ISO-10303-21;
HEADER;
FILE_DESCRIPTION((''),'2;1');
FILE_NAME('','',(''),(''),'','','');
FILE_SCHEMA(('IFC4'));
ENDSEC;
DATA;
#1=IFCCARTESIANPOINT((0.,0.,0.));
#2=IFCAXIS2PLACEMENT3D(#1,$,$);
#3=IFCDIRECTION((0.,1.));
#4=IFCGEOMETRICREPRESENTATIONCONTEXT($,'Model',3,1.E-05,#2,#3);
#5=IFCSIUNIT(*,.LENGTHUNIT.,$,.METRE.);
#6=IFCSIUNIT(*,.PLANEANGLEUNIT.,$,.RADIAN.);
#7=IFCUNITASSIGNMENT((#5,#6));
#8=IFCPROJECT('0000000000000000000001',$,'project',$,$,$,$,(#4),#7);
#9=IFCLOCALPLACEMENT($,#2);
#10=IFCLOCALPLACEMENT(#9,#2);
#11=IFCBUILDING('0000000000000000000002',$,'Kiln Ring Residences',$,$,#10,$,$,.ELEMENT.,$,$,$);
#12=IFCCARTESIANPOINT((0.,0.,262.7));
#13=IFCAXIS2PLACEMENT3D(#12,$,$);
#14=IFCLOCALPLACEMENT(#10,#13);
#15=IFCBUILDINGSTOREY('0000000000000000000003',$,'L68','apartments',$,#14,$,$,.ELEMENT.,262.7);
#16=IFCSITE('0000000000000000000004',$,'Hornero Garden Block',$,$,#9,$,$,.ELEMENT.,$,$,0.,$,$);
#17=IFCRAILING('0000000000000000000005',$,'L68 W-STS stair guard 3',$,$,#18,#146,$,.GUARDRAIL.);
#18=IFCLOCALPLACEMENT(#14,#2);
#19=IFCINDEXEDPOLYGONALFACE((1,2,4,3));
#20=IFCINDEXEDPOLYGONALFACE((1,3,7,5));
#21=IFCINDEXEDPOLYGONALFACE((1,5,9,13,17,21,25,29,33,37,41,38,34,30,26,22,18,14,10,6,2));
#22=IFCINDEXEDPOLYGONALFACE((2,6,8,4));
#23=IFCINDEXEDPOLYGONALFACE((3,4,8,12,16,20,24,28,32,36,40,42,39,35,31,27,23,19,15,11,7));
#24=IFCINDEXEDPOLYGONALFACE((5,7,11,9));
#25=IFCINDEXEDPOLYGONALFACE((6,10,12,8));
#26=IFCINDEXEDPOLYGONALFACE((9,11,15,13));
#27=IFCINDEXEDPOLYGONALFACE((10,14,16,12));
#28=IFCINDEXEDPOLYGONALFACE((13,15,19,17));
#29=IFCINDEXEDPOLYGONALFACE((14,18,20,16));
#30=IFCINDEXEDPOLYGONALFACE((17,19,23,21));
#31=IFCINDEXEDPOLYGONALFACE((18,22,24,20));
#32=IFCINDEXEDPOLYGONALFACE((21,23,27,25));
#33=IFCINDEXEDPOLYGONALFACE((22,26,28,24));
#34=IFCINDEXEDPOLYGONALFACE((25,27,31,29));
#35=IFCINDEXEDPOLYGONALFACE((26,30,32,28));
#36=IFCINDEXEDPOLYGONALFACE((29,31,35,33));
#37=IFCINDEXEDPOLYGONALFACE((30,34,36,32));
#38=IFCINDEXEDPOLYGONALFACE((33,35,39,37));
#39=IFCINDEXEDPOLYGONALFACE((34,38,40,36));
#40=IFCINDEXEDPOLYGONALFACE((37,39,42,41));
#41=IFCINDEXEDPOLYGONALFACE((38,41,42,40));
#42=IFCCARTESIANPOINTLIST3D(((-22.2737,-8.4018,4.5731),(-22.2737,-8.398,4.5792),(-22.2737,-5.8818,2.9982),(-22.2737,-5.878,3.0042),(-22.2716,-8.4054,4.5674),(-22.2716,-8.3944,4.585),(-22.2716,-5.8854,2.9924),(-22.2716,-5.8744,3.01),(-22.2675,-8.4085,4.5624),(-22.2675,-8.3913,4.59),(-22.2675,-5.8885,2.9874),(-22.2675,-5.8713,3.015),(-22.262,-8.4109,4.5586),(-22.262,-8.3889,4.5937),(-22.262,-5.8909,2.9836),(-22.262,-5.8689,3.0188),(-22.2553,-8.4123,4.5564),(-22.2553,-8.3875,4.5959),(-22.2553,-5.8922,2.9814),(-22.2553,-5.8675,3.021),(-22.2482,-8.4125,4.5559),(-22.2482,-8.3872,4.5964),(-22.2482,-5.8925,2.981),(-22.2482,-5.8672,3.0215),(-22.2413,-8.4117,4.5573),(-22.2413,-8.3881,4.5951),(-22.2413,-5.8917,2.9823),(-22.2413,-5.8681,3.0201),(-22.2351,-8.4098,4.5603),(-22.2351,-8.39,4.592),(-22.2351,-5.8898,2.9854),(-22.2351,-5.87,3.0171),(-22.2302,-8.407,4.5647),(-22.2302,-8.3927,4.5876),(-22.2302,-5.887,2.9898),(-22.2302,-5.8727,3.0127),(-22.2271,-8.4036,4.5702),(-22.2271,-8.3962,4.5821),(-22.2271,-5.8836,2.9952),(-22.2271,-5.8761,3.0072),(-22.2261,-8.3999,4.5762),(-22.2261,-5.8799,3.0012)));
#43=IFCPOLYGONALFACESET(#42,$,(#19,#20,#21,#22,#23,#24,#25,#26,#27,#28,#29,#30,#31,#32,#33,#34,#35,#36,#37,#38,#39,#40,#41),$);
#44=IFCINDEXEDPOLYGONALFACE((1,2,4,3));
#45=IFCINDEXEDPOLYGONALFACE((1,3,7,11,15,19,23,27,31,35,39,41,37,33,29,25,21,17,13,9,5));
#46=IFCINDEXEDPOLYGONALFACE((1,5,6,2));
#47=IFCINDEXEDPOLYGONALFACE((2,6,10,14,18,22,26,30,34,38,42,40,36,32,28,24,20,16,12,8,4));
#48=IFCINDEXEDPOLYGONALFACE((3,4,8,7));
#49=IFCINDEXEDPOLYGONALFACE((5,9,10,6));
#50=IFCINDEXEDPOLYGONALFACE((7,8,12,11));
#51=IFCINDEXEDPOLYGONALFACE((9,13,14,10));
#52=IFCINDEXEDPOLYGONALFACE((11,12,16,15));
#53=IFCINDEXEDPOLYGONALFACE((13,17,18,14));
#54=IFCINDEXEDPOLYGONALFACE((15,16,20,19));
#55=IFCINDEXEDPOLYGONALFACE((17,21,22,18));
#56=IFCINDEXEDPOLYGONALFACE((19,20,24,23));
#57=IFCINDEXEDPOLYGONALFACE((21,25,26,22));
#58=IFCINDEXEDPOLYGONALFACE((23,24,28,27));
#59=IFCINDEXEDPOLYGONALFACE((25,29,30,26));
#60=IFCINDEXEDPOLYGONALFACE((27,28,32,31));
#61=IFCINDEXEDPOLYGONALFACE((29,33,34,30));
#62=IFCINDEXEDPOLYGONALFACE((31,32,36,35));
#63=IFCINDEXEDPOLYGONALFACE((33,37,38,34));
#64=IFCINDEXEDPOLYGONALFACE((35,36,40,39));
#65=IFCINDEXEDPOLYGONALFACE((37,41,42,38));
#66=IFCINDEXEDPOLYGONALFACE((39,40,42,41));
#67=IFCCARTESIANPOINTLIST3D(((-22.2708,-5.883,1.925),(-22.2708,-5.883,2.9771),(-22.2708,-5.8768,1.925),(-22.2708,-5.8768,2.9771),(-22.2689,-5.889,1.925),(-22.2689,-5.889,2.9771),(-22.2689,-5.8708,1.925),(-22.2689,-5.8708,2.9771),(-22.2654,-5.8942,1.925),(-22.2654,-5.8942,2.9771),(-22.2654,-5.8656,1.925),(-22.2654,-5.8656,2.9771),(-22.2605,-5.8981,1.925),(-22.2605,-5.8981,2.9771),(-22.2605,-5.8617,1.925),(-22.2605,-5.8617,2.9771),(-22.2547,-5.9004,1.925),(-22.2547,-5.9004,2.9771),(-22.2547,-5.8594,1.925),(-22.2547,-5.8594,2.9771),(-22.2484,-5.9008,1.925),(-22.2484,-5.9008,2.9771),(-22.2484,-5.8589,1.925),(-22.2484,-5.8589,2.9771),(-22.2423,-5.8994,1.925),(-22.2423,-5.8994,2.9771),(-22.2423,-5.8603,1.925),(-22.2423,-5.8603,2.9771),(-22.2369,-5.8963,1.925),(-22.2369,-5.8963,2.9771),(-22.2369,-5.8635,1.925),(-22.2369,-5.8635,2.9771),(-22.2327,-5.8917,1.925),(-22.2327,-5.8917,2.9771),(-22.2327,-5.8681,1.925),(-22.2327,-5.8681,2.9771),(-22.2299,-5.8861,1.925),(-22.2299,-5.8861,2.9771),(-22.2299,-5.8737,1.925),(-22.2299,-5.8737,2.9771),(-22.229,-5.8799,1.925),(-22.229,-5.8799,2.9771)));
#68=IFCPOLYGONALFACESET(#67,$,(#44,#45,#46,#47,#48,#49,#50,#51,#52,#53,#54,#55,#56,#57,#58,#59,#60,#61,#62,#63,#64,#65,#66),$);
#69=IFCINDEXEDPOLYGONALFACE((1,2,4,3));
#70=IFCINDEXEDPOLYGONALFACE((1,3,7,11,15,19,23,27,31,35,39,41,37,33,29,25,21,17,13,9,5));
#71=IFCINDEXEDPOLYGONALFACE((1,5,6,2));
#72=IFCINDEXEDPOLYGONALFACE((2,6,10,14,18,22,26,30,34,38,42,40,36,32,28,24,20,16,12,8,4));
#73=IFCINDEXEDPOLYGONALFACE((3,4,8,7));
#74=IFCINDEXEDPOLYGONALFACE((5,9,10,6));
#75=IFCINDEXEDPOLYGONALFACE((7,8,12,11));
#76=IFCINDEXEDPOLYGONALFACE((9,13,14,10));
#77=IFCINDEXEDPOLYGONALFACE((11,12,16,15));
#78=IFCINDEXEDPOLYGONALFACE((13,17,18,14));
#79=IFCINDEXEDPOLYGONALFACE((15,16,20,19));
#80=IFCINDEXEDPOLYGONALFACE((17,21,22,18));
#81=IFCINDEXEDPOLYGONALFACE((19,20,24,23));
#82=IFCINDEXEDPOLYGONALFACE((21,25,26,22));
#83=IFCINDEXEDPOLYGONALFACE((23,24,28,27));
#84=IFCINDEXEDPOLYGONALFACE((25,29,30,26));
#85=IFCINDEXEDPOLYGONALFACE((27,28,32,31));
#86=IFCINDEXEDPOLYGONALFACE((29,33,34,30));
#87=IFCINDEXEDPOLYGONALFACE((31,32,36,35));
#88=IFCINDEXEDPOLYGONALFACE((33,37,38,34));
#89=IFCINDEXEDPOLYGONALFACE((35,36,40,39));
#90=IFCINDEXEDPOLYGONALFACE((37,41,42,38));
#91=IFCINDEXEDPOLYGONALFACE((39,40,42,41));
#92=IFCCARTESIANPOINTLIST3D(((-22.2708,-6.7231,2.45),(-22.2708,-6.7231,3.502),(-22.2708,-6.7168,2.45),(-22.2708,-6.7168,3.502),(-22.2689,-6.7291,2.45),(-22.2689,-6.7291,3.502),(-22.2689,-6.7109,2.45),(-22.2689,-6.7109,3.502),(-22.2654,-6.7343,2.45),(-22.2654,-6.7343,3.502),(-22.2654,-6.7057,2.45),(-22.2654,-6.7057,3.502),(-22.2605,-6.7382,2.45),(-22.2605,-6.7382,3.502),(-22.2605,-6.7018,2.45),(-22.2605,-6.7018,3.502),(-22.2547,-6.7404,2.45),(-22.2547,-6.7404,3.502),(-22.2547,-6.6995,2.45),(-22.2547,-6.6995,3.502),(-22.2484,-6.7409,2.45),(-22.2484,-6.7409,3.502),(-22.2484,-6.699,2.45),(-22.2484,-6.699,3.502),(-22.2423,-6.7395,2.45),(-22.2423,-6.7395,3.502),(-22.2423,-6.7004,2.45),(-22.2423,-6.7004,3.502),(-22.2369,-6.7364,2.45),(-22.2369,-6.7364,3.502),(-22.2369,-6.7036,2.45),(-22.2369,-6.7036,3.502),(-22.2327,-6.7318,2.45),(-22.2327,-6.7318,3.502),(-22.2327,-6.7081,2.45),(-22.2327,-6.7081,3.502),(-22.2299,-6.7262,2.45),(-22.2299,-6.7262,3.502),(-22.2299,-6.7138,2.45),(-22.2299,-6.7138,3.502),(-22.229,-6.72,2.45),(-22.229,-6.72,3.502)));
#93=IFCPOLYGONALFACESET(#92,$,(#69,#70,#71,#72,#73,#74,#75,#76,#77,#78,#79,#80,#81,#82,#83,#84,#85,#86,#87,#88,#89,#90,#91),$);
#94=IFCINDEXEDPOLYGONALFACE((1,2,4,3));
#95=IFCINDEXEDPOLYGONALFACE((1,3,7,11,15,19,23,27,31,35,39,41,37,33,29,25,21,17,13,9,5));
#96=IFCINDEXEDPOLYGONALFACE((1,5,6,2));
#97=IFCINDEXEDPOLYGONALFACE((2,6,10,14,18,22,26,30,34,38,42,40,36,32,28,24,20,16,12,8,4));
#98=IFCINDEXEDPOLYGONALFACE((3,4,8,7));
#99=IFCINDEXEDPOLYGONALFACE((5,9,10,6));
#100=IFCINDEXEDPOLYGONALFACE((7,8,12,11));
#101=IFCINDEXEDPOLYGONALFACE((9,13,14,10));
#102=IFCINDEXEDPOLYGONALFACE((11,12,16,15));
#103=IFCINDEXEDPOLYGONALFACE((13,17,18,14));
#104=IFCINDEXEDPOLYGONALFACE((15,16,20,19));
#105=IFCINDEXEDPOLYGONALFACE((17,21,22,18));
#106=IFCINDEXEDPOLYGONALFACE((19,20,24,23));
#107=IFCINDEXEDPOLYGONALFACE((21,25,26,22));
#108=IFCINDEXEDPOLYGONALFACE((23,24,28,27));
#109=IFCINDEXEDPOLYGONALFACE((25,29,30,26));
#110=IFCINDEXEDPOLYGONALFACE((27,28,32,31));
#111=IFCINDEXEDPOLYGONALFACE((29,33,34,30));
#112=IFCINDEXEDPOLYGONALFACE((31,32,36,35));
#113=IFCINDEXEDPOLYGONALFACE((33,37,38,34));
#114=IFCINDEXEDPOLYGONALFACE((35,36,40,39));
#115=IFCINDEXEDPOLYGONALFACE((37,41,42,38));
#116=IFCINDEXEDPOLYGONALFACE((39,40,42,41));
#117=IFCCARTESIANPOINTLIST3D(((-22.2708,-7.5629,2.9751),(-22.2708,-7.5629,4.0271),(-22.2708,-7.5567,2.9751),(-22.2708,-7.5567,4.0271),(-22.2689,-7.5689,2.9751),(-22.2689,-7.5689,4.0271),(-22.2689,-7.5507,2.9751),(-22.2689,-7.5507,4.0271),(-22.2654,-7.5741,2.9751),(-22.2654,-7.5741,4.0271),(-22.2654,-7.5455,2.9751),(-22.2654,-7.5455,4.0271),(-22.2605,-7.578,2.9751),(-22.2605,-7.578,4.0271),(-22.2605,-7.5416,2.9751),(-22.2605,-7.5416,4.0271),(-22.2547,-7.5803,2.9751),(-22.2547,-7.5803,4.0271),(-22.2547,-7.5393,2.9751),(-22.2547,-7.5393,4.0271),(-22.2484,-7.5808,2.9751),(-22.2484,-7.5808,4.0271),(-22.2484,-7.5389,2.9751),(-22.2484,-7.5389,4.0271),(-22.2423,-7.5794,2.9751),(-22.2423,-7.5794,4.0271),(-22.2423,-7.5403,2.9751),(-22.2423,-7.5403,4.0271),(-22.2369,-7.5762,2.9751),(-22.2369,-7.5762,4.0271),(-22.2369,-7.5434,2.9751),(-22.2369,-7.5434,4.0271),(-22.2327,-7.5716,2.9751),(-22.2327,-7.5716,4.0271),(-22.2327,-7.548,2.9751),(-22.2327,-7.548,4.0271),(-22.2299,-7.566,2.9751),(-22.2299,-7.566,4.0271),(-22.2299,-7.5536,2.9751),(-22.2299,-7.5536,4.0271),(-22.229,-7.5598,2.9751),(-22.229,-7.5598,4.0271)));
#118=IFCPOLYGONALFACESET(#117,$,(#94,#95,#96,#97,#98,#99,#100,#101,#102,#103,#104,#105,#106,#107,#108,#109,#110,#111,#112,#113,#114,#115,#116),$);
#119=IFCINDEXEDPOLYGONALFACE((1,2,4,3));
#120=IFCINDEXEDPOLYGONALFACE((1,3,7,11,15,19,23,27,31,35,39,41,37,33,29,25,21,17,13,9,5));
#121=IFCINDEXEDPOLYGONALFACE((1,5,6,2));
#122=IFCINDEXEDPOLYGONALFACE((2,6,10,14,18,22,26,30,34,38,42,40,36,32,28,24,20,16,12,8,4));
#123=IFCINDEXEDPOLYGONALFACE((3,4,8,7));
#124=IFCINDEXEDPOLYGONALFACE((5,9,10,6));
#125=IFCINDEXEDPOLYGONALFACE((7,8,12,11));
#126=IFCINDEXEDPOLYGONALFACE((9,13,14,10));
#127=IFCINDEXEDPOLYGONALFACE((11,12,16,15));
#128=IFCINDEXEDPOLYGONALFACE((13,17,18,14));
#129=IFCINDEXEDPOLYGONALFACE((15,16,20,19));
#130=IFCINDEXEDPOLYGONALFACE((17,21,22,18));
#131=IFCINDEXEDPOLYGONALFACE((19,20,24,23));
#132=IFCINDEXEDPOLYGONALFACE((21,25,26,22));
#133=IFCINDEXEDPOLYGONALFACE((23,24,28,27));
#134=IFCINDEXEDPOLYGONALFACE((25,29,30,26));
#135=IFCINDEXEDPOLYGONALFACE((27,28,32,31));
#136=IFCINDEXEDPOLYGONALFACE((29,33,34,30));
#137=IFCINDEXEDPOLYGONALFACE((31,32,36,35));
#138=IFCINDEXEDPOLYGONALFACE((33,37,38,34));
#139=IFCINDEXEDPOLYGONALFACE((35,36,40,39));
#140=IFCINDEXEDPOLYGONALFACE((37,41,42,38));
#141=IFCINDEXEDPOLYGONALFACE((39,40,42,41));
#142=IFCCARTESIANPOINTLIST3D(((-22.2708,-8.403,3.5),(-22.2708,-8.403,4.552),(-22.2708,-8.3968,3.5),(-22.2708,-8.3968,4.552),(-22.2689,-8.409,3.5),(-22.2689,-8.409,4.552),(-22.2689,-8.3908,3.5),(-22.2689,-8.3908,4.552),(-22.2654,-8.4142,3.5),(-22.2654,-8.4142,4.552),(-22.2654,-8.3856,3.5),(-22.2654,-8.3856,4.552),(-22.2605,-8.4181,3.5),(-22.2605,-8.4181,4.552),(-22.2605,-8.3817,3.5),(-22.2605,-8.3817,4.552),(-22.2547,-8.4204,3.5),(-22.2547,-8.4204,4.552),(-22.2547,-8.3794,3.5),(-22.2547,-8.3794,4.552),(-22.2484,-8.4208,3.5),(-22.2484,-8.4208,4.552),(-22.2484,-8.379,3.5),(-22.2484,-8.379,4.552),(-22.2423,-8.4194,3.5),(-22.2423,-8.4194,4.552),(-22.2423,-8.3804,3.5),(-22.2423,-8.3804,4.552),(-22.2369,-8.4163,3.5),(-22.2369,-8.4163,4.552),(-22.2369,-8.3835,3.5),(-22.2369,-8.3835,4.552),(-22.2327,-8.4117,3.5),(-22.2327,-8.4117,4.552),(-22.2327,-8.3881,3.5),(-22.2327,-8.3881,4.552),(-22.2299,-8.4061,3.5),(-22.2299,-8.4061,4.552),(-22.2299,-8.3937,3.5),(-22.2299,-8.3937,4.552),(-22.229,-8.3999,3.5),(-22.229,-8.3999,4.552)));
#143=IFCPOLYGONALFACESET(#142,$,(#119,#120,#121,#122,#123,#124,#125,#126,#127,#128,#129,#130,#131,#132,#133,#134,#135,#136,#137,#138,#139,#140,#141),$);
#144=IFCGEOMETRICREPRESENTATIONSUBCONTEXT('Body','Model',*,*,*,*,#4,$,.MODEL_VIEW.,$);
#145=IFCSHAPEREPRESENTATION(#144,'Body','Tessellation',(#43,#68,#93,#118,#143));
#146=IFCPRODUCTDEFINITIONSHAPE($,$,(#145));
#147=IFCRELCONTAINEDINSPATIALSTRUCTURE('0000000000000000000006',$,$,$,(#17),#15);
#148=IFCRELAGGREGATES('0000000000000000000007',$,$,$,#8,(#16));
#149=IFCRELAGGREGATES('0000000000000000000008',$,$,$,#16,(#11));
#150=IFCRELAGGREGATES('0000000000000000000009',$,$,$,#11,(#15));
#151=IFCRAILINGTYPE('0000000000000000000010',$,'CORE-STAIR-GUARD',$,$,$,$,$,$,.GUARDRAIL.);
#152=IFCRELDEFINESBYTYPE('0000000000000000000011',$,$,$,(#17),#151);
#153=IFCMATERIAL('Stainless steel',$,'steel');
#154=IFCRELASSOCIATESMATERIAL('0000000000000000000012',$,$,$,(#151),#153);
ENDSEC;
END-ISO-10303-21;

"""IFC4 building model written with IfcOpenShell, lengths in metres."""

from ifc_helpers import new_model, si_unit, direction, frame, origin, origin_2d, place, context, subcontext, project, spatial, circle, extrude, material, type_object, element, save


model = new_model("IFC4")

# Units and contexts
model_context = context("Model", 3, precision=1e-05, world=origin(), true_north=direction((0.0, 1.0)))
body_context = subcontext(model_context, "Body", "Model", "MODEL_VIEW")
ifc_project = project(units=[si_unit("LENGTHUNIT", "METRE"), si_unit("PLANEANGLEUNIT", "RADIAN")], contexts=[model_context])

# Site, building, storey
site_placement = place(None, origin())
site = spatial("IfcSite", under=ifc_project, at=site_placement, Name="Hornero Garden Block", CompositionType="ELEMENT", RefElevation=0.0)
building_placement = place(site_placement, origin())
building = spatial("IfcBuilding", under=site, at=building_placement, Name="Kiln Ring Residences", CompositionType="ELEMENT")
storey_placement = place(building_placement, frame((0.0, 0.0, 262.7)))
storey = spatial("IfcBuildingStorey", under=building, at=storey_placement, Name="L68", Description="apartments", CompositionType="ELEMENT", Elevation=262.7)

# Railing
ifc_material_1 = material(Name="Stainless steel", Category="steel")
railing_type_1 = type_object("IfcRailingType", Name="CORE-STAIR-GUARD", PredefinedType="GUARDRAIL", material=ifc_material_1)
railing_1_placement = place(storey_placement, frame((-22.25, -5.8799, 1.925)))
element("IfcRailing", 1, at=railing_1_placement, inside=storey, type_object=railing_type_1, Name="L68 W-STS stair guard 3", PredefinedType="GUARDRAIL", context=body_context, shape_type="SweptSolid", body=[
    extrude(circle(Radius=0.0239, at=origin_2d()), frame((0.0, 0.0, 1.0762), z_axis=(0.0, -0.848008, 0.529984), x_axis=(1.0, 0.0, 0.0)), (0.0, 0.0, 1.0), 2.9717),
    extrude(circle(Radius=0.021, at=origin_2d()), origin(), (0.0, 0.0, 1.0), 1.052),
    extrude(circle(Radius=0.021, at=origin_2d()), frame((0.0, -0.8401, 0.5249)), (0.0, 0.0, 1.0), 1.052),
    extrude(circle(Radius=0.021, at=origin_2d()), frame((0.0, -1.6799, 1.05)), (0.0, 0.0, 1.0), 1.052),
    extrude(circle(Radius=0.021, at=origin_2d()), frame((0.0, -2.52, 1.575)), (0.0, 0.0, 1.0), 1.052),
])

save(model, "model.ifc")
